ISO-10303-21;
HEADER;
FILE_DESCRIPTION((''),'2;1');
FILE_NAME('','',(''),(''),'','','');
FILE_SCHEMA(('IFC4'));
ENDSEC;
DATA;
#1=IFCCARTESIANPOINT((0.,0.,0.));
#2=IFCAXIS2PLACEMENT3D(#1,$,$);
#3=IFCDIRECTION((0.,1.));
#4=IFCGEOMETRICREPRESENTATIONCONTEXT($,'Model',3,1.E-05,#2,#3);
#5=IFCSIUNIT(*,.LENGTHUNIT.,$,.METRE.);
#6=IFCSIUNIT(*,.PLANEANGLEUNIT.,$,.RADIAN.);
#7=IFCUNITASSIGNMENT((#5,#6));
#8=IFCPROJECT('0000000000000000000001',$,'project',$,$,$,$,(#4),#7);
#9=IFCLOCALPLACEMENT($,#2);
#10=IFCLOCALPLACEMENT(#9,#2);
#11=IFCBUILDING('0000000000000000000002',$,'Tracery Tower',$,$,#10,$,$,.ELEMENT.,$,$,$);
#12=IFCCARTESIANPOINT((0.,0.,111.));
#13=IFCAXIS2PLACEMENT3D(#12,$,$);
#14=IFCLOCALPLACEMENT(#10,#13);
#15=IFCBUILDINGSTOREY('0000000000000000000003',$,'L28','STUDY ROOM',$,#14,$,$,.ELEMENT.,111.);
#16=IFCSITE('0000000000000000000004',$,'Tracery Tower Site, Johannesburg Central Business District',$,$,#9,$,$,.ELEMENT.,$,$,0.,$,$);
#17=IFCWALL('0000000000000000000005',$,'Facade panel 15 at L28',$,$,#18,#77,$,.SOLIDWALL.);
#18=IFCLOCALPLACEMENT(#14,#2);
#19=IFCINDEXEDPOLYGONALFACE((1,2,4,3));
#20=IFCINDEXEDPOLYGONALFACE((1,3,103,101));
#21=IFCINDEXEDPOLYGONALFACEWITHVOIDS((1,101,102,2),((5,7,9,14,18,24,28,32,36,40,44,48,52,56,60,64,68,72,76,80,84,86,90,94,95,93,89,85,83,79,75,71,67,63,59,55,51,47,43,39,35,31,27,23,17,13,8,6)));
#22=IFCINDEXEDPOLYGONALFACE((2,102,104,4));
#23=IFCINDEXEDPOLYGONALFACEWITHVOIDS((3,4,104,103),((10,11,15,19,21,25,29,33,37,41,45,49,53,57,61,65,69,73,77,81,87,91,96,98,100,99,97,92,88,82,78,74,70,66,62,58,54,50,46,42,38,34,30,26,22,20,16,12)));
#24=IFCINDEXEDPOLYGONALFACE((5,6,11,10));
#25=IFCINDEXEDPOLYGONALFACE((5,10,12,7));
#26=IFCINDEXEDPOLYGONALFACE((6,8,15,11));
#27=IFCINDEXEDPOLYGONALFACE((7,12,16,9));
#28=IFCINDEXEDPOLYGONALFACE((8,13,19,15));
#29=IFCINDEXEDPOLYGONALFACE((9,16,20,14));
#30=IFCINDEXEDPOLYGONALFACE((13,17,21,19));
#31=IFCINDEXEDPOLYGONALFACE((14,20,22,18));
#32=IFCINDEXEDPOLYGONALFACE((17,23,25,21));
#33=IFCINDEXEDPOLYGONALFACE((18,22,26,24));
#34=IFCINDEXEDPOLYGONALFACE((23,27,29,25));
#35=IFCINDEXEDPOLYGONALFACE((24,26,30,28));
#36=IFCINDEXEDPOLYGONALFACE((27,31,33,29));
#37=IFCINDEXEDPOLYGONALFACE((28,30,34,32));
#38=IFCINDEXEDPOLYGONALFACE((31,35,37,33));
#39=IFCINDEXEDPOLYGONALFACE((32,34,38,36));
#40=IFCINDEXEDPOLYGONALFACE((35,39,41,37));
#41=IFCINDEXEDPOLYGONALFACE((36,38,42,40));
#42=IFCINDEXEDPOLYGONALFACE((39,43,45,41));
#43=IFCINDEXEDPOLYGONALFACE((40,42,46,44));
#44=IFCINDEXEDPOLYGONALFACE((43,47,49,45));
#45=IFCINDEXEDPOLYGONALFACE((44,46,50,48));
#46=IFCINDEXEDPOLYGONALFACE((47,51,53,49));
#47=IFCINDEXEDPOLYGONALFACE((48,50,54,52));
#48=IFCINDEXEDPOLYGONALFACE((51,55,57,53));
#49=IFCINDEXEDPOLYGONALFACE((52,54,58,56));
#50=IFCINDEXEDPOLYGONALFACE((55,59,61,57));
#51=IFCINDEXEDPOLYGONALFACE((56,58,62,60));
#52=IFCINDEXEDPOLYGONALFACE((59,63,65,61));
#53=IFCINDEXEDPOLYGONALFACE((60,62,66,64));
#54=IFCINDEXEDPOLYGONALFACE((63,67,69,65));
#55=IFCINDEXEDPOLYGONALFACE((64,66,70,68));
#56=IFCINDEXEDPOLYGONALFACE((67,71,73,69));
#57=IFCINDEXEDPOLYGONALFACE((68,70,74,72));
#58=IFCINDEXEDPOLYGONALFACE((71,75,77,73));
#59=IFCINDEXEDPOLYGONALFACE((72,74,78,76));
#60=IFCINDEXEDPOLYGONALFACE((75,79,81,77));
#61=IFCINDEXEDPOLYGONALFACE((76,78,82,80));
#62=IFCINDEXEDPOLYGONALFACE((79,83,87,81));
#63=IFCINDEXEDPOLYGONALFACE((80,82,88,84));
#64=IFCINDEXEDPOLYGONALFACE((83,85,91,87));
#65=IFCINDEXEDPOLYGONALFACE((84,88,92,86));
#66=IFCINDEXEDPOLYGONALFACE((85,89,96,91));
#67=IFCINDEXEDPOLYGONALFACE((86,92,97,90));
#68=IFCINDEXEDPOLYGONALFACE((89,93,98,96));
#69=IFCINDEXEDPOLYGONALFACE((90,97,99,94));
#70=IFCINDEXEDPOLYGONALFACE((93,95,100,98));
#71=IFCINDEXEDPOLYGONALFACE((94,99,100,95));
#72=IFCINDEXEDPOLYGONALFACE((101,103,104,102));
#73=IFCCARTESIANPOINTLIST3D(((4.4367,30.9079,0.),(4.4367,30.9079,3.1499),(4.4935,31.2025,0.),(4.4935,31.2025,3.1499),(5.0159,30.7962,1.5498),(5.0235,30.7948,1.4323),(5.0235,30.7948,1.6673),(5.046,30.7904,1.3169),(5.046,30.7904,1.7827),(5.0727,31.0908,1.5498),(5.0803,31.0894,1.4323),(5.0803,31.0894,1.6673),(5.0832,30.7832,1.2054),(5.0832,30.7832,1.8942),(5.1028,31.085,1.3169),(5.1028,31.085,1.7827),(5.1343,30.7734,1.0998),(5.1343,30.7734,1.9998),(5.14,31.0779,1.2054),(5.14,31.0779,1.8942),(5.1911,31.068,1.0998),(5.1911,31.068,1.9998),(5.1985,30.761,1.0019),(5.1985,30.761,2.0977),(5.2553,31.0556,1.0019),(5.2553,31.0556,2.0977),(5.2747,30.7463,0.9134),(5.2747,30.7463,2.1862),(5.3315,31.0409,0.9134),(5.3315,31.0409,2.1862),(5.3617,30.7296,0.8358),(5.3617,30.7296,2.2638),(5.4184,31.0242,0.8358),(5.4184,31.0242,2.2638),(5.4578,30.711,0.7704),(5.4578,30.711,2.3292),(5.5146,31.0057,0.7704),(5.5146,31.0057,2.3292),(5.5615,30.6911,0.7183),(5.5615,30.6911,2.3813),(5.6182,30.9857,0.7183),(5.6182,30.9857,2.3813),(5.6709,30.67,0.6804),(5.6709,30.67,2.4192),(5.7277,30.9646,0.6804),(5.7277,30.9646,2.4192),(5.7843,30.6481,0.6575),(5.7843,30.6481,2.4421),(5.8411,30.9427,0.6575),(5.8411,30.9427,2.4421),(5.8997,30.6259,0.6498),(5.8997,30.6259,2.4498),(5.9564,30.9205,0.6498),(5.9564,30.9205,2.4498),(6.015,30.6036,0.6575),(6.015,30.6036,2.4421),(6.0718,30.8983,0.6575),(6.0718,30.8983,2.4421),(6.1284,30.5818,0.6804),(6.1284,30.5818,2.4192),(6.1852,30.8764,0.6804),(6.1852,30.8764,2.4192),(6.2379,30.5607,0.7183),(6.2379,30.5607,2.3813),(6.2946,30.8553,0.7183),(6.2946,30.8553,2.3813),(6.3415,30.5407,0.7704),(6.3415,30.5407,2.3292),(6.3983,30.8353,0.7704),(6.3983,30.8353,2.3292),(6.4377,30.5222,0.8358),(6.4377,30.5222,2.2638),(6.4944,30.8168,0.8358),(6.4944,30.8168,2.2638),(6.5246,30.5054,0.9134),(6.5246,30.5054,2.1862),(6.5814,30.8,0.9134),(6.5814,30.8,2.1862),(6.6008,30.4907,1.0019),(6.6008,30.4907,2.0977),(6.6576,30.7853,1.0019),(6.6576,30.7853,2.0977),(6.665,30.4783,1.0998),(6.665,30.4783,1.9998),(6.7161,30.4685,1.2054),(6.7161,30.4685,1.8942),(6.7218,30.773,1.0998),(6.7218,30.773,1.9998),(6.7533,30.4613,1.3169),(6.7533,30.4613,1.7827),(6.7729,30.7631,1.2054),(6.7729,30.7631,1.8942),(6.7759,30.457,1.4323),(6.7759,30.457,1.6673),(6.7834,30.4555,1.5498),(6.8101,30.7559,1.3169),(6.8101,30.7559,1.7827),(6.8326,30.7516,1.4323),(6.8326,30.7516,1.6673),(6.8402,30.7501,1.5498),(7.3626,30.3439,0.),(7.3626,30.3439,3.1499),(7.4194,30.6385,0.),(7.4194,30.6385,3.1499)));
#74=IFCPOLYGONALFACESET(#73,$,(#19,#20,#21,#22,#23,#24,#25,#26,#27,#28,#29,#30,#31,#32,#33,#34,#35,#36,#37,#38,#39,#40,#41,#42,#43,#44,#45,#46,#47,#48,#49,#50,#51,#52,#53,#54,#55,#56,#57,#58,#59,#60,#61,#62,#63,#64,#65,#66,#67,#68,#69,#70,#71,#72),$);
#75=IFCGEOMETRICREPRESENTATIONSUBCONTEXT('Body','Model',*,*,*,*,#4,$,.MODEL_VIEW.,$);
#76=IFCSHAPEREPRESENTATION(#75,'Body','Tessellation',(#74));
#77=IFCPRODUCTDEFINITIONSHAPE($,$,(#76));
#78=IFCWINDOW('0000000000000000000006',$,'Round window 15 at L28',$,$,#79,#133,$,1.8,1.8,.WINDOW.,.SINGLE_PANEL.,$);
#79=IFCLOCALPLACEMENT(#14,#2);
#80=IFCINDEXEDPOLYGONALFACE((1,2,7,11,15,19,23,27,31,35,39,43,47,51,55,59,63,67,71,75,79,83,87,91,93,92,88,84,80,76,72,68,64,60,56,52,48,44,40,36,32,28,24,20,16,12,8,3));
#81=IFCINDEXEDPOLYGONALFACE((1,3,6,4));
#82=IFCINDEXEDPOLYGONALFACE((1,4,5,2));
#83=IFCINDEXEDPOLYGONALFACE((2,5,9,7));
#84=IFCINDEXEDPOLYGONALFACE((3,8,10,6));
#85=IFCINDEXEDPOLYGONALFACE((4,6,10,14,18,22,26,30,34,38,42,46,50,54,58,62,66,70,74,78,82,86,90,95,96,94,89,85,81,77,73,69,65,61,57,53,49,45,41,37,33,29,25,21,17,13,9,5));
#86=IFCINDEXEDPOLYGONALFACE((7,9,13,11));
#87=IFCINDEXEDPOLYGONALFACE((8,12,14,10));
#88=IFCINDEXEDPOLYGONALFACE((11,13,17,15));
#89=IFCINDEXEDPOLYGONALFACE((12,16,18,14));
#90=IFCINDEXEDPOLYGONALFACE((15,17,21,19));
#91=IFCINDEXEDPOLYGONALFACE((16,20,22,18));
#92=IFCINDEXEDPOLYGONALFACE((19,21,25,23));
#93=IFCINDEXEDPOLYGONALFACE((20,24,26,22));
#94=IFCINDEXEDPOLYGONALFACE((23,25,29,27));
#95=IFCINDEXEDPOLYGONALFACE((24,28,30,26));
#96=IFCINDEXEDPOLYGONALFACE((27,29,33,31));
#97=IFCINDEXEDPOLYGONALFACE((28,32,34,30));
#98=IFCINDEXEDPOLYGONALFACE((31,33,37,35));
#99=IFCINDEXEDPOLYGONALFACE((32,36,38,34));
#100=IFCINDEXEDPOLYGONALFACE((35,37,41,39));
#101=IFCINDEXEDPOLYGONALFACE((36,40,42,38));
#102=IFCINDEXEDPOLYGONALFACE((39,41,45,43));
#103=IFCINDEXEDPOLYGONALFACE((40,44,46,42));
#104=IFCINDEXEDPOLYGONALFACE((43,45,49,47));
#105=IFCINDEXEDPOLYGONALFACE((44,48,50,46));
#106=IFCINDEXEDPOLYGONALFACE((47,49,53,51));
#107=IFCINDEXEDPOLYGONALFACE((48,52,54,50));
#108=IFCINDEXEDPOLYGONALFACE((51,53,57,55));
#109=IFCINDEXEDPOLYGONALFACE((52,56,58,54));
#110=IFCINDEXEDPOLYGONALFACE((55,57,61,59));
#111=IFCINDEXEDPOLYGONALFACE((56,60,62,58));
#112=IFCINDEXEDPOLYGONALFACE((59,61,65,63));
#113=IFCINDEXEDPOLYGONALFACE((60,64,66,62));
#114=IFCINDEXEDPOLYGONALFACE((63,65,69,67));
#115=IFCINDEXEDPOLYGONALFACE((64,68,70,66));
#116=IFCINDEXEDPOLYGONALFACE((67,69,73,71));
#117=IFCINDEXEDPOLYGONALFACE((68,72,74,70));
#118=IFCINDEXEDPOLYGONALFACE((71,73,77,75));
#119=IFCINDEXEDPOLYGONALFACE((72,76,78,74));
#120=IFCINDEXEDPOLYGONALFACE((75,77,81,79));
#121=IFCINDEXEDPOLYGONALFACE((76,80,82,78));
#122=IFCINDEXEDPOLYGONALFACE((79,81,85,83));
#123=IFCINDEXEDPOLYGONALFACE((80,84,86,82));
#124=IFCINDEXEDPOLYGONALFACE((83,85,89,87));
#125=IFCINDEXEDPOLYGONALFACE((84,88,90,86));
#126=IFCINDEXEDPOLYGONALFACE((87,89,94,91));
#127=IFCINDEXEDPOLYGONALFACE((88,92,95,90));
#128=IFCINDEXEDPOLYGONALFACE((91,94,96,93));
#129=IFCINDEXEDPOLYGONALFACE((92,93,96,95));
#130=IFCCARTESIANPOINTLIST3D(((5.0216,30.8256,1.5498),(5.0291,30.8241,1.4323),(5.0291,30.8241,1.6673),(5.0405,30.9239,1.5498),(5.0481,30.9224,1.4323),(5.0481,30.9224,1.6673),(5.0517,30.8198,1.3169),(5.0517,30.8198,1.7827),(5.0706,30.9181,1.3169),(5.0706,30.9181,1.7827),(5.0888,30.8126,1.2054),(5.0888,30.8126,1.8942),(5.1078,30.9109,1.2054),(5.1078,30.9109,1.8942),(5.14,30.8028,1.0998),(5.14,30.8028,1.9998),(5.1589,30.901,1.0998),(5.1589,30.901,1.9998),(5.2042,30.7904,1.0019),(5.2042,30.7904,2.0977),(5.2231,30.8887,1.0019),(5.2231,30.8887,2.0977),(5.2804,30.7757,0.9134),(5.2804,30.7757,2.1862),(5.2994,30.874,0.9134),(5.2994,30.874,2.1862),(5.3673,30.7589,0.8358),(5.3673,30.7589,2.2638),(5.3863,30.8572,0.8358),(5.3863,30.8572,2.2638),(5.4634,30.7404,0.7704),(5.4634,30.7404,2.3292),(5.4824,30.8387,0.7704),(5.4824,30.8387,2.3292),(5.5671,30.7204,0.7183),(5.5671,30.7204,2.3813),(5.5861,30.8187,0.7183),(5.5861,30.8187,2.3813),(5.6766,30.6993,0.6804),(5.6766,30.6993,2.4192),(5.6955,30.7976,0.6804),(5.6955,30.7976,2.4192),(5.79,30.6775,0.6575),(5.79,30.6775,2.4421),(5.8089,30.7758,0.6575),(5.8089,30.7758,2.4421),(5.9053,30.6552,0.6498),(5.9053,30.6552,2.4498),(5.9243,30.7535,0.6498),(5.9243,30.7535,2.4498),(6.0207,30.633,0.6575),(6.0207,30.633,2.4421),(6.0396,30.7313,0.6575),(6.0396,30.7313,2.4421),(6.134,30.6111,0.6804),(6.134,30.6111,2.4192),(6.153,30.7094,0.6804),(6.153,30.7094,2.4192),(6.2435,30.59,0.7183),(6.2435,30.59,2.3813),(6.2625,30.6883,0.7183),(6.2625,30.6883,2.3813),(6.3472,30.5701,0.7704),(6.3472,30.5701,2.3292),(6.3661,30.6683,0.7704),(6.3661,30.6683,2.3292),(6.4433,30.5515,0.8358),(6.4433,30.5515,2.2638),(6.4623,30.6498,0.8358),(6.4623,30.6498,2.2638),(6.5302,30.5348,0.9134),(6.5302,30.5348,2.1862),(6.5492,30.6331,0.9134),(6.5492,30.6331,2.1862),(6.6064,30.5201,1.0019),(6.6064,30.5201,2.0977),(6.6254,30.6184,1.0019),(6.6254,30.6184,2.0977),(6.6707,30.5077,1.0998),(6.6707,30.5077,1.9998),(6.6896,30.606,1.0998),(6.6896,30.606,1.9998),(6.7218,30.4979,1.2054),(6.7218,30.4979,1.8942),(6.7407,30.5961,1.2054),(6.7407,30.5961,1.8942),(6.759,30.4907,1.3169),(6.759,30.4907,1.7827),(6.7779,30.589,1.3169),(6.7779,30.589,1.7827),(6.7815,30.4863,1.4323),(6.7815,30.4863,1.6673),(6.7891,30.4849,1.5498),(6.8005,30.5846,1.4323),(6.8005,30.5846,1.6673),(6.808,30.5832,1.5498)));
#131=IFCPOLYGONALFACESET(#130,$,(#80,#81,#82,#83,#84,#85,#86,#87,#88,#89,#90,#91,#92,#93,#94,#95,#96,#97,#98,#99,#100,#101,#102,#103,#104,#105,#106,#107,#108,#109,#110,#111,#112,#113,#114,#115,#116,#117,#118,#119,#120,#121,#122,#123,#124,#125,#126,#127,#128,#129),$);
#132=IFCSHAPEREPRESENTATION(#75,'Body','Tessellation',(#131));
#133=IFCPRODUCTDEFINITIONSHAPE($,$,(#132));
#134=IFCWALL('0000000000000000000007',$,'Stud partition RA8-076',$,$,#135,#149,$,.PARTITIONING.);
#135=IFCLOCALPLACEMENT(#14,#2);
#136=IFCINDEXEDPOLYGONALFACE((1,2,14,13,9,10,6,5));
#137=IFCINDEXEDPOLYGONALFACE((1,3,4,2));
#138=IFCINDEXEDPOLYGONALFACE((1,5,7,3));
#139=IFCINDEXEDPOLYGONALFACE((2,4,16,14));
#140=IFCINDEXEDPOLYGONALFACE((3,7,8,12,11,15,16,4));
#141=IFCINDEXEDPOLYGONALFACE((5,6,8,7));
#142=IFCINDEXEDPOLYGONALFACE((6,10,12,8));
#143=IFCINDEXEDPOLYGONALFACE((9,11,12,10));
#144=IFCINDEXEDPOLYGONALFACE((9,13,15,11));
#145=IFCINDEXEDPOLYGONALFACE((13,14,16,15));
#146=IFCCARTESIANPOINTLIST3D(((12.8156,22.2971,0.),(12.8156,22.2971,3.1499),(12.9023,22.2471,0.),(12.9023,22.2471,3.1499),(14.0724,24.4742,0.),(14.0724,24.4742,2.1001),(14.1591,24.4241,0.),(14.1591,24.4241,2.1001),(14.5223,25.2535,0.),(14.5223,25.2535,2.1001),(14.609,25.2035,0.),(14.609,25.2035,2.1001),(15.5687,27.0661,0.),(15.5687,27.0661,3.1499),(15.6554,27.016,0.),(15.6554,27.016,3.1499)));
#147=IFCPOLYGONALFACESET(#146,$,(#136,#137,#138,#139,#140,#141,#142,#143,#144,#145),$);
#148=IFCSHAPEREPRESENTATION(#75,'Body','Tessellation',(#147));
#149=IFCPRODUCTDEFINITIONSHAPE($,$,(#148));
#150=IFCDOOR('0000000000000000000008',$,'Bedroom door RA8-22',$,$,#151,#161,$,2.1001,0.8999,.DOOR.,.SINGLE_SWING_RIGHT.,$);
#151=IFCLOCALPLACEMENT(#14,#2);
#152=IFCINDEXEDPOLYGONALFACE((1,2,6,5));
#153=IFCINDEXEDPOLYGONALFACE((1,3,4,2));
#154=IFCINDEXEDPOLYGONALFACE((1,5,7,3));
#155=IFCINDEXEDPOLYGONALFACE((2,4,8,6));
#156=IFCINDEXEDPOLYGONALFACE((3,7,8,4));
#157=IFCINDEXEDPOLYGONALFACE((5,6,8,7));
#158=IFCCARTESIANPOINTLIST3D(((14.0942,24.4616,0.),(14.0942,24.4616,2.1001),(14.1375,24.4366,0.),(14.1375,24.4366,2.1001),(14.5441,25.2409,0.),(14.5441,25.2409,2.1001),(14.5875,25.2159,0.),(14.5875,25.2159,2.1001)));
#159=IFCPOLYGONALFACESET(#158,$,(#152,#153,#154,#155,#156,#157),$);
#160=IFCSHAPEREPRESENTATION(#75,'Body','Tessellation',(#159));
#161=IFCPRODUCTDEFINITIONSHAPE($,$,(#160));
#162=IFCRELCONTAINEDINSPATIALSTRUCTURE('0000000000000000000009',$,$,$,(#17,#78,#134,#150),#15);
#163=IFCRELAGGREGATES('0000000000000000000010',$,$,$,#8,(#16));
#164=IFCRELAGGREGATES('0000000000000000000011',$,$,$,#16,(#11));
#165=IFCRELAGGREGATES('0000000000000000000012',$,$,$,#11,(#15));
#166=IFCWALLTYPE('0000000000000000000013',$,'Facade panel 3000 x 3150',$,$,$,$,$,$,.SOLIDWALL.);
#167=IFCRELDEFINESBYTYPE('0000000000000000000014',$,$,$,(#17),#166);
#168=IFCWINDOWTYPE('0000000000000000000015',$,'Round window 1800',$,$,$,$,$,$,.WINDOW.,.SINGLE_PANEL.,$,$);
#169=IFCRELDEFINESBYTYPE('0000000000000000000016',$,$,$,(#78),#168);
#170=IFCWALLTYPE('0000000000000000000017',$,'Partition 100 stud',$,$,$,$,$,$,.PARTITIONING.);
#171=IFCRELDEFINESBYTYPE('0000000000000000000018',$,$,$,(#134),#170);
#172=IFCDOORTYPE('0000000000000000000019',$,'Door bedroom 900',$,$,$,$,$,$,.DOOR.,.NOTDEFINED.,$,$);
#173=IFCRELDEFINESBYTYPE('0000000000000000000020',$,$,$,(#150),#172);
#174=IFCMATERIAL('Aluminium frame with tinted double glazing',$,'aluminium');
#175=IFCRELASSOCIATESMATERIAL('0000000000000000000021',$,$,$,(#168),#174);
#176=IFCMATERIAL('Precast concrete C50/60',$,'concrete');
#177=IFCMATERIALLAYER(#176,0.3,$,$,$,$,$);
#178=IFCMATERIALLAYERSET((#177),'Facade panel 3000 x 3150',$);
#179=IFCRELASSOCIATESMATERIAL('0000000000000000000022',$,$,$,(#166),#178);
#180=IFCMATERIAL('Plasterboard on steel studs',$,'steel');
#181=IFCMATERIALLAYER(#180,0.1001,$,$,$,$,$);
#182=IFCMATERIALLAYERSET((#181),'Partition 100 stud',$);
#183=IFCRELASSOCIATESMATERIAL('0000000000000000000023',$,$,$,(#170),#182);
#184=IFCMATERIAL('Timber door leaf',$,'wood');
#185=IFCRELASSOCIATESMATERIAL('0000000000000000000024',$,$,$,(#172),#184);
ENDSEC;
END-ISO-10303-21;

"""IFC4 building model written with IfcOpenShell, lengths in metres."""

from ifc_helpers import new_model, si_unit, direction, frame, frame_2d, origin, origin_2d, place, context, subcontext, project, spatial, rectangle, circle, extrude, material, layer, layer_set, type_object, element, fill, save


model = new_model("IFC4")

# Units and contexts
model_context = context("Model", 3, precision=1e-05, world=origin(), true_north=direction((0.0, 1.0)))
body_context = subcontext(model_context, "Body", "Model", "MODEL_VIEW")
ifc_project = project(units=[si_unit("LENGTHUNIT", "METRE"), si_unit("PLANEANGLEUNIT", "RADIAN")], contexts=[model_context])

# Site, building, storey
site_placement = place(None, origin())
site = spatial("IfcSite", under=ifc_project, at=site_placement, Name="Tracery Tower Site, Johannesburg Central Business District", CompositionType="ELEMENT", RefElevation=0.0)
building_placement = place(site_placement, origin())
building = spatial("IfcBuilding", under=site, at=building_placement, Name="Tracery Tower", CompositionType="ELEMENT")
storey_placement = place(building_placement, frame((0.0, 0.0, 111.0)))
storey = spatial("IfcBuildingStorey", under=building, at=storey_placement, Name="L28", Description="STUDY ROOM", CompositionType="ELEMENT", Elevation=111.0)

# Wall, opening, window
ifc_material_1 = material(Name="Aluminium frame with tinted double glazing", Category="aluminium")
window_type = type_object("IfcWindowType", Name="Round window 1800", PartitioningType="SINGLE_PANEL", PredefinedType="WINDOW", material=ifc_material_1)
ifc_material_2 = material(Name="Precast concrete C50/60", Category="concrete")
ifc_layer_1 = layer(ifc_material_2, 0.3)
ifc_layer_set_1 = layer_set([ifc_layer_1], Name="Facade panel 3000 x 3150")
wall_type_1 = type_object("IfcWallType", Name="Facade panel 3000 x 3150", PredefinedType="SOLIDWALL", material=ifc_layer_set_1)
wall_1_placement = place(storey_placement, frame((7.3909, 30.4912, 0.0), z_axis=(0.0, 0.0, 1.0), x_axis=(-0.981925, 0.189273, 0.0)))
wall_1 = element("IfcWall", 1, at=wall_1_placement, inside=storey, type_object=wall_type_1, Name="Facade panel 15 at L28", PredefinedType="SOLIDWALL", context=body_context, shape_type="SweptSolid", body=[
    extrude(rectangle(XDim=2.9797, YDim=0.3, at=frame_2d((1.4897, 0.0))), origin(), (0.0, 0.0, 1.0), 3.1499),
])
opening_1_placement = place(wall_1_placement, frame((1.4897, 0.0, 1.5498)))
opening_1 = element("IfcOpeningElement", 2, at=opening_1_placement, cuts=wall_1, PredefinedType="OPENING", context=body_context, shape_type="SweptSolid", body=[
    extrude(circle(Radius=0.9, at=origin_2d()), frame((0.0, 0.1599, 0.0), z_axis=(0.0, -1.0, 0.0), x_axis=(1.0, 0.0, 0.0)), (0.0, 0.0, 1.0), 0.3201),
])
window_1_placement = place(opening_1_placement, origin())
window_1 = element("IfcWindow", 3, at=window_1_placement, inside=storey, type_object=window_type, Name="Round window 15 at L28", OverallHeight=1.8, OverallWidth=1.8, PartitioningType="SINGLE_PANEL", PredefinedType="WINDOW", context=body_context, shape_type="SweptSolid", body=[
    extrude(circle(Radius=0.9, at=origin_2d()), frame((0.0, 0.1201, 0.0), z_axis=(0.0, -1.0, 0.0), x_axis=(1.0, 0.0, 0.0)), (0.0, 0.0, 1.0), 0.1001),
])
fill(opening_1, window_1)

# Wall, opening, door
ifc_material_3 = material(Name="Plasterboard on steel studs", Category="steel")
ifc_layer_2 = layer(ifc_material_3, 0.1001)
ifc_layer_set_2 = layer_set([ifc_layer_2], Name="Partition 100 stud")
wall_type_2 = type_object("IfcWallType", Name="Partition 100 stud", PredefinedType="PARTITIONING", material=ifc_layer_set_2)
wall_2_placement = place(storey_placement, frame((12.8589, 22.272, 0.0), z_axis=(0.0, 0.0, 1.0), x_axis=(0.499968, 0.866044, 0.0)))
wall_2 = element("IfcWall", 4, at=wall_2_placement, inside=storey, type_object=wall_type_2, Name="Stud partition RA8-076", PredefinedType="PARTITIONING", context=body_context, shape_type="SweptSolid", body=[
    extrude(rectangle(XDim=5.5066, YDim=0.1001, at=frame_2d((2.7534, 0.0))), origin(), (0.0, 0.0, 1.0), 3.1499),
])
opening_2_placement = place(wall_2_placement, frame((2.5139, 0.0, 0.0)))
opening_2 = element("IfcOpeningElement", 5, at=opening_2_placement, cuts=wall_2, PredefinedType="OPENING", context=body_context, shape_type="SweptSolid", body=[
    extrude(rectangle(XDim=0.8999, YDim=2.1001, at=frame_2d((0.45, 1.05))), frame((0.0, 0.05, 0.0), z_axis=(0.0, -1.0, 0.0), x_axis=(1.0, 0.0, 0.0)), (0.0, 0.0, 1.0), 0.1001),
])
ifc_material_4 = material(Name="Timber door leaf", Category="wood")
door_type_1 = type_object("IfcDoorType", Name="Door bedroom 900", OperationType="NOTDEFINED", PredefinedType="DOOR", material=ifc_material_4)
door_1_placement = place(opening_2_placement, origin())
door_1 = element("IfcDoor", 6, at=door_1_placement, inside=storey, type_object=door_type_1, Name="Bedroom door RA8-22", OperationType="SINGLE_SWING_RIGHT", OverallHeight=2.1001, OverallWidth=0.8999, PredefinedType="DOOR", context=body_context, shape_type="SweptSolid", body=[
    extrude(rectangle(XDim=0.8999, YDim=2.1001, at=frame_2d((0.45, 1.05))), frame((0.0, 0.0249, 0.0), z_axis=(0.0, -1.0, 0.0), x_axis=(1.0, 0.0, 0.0)), (0.0, 0.0, 1.0), 0.05),
])
fill(opening_2, door_1)

save(model, "model.ifc")
